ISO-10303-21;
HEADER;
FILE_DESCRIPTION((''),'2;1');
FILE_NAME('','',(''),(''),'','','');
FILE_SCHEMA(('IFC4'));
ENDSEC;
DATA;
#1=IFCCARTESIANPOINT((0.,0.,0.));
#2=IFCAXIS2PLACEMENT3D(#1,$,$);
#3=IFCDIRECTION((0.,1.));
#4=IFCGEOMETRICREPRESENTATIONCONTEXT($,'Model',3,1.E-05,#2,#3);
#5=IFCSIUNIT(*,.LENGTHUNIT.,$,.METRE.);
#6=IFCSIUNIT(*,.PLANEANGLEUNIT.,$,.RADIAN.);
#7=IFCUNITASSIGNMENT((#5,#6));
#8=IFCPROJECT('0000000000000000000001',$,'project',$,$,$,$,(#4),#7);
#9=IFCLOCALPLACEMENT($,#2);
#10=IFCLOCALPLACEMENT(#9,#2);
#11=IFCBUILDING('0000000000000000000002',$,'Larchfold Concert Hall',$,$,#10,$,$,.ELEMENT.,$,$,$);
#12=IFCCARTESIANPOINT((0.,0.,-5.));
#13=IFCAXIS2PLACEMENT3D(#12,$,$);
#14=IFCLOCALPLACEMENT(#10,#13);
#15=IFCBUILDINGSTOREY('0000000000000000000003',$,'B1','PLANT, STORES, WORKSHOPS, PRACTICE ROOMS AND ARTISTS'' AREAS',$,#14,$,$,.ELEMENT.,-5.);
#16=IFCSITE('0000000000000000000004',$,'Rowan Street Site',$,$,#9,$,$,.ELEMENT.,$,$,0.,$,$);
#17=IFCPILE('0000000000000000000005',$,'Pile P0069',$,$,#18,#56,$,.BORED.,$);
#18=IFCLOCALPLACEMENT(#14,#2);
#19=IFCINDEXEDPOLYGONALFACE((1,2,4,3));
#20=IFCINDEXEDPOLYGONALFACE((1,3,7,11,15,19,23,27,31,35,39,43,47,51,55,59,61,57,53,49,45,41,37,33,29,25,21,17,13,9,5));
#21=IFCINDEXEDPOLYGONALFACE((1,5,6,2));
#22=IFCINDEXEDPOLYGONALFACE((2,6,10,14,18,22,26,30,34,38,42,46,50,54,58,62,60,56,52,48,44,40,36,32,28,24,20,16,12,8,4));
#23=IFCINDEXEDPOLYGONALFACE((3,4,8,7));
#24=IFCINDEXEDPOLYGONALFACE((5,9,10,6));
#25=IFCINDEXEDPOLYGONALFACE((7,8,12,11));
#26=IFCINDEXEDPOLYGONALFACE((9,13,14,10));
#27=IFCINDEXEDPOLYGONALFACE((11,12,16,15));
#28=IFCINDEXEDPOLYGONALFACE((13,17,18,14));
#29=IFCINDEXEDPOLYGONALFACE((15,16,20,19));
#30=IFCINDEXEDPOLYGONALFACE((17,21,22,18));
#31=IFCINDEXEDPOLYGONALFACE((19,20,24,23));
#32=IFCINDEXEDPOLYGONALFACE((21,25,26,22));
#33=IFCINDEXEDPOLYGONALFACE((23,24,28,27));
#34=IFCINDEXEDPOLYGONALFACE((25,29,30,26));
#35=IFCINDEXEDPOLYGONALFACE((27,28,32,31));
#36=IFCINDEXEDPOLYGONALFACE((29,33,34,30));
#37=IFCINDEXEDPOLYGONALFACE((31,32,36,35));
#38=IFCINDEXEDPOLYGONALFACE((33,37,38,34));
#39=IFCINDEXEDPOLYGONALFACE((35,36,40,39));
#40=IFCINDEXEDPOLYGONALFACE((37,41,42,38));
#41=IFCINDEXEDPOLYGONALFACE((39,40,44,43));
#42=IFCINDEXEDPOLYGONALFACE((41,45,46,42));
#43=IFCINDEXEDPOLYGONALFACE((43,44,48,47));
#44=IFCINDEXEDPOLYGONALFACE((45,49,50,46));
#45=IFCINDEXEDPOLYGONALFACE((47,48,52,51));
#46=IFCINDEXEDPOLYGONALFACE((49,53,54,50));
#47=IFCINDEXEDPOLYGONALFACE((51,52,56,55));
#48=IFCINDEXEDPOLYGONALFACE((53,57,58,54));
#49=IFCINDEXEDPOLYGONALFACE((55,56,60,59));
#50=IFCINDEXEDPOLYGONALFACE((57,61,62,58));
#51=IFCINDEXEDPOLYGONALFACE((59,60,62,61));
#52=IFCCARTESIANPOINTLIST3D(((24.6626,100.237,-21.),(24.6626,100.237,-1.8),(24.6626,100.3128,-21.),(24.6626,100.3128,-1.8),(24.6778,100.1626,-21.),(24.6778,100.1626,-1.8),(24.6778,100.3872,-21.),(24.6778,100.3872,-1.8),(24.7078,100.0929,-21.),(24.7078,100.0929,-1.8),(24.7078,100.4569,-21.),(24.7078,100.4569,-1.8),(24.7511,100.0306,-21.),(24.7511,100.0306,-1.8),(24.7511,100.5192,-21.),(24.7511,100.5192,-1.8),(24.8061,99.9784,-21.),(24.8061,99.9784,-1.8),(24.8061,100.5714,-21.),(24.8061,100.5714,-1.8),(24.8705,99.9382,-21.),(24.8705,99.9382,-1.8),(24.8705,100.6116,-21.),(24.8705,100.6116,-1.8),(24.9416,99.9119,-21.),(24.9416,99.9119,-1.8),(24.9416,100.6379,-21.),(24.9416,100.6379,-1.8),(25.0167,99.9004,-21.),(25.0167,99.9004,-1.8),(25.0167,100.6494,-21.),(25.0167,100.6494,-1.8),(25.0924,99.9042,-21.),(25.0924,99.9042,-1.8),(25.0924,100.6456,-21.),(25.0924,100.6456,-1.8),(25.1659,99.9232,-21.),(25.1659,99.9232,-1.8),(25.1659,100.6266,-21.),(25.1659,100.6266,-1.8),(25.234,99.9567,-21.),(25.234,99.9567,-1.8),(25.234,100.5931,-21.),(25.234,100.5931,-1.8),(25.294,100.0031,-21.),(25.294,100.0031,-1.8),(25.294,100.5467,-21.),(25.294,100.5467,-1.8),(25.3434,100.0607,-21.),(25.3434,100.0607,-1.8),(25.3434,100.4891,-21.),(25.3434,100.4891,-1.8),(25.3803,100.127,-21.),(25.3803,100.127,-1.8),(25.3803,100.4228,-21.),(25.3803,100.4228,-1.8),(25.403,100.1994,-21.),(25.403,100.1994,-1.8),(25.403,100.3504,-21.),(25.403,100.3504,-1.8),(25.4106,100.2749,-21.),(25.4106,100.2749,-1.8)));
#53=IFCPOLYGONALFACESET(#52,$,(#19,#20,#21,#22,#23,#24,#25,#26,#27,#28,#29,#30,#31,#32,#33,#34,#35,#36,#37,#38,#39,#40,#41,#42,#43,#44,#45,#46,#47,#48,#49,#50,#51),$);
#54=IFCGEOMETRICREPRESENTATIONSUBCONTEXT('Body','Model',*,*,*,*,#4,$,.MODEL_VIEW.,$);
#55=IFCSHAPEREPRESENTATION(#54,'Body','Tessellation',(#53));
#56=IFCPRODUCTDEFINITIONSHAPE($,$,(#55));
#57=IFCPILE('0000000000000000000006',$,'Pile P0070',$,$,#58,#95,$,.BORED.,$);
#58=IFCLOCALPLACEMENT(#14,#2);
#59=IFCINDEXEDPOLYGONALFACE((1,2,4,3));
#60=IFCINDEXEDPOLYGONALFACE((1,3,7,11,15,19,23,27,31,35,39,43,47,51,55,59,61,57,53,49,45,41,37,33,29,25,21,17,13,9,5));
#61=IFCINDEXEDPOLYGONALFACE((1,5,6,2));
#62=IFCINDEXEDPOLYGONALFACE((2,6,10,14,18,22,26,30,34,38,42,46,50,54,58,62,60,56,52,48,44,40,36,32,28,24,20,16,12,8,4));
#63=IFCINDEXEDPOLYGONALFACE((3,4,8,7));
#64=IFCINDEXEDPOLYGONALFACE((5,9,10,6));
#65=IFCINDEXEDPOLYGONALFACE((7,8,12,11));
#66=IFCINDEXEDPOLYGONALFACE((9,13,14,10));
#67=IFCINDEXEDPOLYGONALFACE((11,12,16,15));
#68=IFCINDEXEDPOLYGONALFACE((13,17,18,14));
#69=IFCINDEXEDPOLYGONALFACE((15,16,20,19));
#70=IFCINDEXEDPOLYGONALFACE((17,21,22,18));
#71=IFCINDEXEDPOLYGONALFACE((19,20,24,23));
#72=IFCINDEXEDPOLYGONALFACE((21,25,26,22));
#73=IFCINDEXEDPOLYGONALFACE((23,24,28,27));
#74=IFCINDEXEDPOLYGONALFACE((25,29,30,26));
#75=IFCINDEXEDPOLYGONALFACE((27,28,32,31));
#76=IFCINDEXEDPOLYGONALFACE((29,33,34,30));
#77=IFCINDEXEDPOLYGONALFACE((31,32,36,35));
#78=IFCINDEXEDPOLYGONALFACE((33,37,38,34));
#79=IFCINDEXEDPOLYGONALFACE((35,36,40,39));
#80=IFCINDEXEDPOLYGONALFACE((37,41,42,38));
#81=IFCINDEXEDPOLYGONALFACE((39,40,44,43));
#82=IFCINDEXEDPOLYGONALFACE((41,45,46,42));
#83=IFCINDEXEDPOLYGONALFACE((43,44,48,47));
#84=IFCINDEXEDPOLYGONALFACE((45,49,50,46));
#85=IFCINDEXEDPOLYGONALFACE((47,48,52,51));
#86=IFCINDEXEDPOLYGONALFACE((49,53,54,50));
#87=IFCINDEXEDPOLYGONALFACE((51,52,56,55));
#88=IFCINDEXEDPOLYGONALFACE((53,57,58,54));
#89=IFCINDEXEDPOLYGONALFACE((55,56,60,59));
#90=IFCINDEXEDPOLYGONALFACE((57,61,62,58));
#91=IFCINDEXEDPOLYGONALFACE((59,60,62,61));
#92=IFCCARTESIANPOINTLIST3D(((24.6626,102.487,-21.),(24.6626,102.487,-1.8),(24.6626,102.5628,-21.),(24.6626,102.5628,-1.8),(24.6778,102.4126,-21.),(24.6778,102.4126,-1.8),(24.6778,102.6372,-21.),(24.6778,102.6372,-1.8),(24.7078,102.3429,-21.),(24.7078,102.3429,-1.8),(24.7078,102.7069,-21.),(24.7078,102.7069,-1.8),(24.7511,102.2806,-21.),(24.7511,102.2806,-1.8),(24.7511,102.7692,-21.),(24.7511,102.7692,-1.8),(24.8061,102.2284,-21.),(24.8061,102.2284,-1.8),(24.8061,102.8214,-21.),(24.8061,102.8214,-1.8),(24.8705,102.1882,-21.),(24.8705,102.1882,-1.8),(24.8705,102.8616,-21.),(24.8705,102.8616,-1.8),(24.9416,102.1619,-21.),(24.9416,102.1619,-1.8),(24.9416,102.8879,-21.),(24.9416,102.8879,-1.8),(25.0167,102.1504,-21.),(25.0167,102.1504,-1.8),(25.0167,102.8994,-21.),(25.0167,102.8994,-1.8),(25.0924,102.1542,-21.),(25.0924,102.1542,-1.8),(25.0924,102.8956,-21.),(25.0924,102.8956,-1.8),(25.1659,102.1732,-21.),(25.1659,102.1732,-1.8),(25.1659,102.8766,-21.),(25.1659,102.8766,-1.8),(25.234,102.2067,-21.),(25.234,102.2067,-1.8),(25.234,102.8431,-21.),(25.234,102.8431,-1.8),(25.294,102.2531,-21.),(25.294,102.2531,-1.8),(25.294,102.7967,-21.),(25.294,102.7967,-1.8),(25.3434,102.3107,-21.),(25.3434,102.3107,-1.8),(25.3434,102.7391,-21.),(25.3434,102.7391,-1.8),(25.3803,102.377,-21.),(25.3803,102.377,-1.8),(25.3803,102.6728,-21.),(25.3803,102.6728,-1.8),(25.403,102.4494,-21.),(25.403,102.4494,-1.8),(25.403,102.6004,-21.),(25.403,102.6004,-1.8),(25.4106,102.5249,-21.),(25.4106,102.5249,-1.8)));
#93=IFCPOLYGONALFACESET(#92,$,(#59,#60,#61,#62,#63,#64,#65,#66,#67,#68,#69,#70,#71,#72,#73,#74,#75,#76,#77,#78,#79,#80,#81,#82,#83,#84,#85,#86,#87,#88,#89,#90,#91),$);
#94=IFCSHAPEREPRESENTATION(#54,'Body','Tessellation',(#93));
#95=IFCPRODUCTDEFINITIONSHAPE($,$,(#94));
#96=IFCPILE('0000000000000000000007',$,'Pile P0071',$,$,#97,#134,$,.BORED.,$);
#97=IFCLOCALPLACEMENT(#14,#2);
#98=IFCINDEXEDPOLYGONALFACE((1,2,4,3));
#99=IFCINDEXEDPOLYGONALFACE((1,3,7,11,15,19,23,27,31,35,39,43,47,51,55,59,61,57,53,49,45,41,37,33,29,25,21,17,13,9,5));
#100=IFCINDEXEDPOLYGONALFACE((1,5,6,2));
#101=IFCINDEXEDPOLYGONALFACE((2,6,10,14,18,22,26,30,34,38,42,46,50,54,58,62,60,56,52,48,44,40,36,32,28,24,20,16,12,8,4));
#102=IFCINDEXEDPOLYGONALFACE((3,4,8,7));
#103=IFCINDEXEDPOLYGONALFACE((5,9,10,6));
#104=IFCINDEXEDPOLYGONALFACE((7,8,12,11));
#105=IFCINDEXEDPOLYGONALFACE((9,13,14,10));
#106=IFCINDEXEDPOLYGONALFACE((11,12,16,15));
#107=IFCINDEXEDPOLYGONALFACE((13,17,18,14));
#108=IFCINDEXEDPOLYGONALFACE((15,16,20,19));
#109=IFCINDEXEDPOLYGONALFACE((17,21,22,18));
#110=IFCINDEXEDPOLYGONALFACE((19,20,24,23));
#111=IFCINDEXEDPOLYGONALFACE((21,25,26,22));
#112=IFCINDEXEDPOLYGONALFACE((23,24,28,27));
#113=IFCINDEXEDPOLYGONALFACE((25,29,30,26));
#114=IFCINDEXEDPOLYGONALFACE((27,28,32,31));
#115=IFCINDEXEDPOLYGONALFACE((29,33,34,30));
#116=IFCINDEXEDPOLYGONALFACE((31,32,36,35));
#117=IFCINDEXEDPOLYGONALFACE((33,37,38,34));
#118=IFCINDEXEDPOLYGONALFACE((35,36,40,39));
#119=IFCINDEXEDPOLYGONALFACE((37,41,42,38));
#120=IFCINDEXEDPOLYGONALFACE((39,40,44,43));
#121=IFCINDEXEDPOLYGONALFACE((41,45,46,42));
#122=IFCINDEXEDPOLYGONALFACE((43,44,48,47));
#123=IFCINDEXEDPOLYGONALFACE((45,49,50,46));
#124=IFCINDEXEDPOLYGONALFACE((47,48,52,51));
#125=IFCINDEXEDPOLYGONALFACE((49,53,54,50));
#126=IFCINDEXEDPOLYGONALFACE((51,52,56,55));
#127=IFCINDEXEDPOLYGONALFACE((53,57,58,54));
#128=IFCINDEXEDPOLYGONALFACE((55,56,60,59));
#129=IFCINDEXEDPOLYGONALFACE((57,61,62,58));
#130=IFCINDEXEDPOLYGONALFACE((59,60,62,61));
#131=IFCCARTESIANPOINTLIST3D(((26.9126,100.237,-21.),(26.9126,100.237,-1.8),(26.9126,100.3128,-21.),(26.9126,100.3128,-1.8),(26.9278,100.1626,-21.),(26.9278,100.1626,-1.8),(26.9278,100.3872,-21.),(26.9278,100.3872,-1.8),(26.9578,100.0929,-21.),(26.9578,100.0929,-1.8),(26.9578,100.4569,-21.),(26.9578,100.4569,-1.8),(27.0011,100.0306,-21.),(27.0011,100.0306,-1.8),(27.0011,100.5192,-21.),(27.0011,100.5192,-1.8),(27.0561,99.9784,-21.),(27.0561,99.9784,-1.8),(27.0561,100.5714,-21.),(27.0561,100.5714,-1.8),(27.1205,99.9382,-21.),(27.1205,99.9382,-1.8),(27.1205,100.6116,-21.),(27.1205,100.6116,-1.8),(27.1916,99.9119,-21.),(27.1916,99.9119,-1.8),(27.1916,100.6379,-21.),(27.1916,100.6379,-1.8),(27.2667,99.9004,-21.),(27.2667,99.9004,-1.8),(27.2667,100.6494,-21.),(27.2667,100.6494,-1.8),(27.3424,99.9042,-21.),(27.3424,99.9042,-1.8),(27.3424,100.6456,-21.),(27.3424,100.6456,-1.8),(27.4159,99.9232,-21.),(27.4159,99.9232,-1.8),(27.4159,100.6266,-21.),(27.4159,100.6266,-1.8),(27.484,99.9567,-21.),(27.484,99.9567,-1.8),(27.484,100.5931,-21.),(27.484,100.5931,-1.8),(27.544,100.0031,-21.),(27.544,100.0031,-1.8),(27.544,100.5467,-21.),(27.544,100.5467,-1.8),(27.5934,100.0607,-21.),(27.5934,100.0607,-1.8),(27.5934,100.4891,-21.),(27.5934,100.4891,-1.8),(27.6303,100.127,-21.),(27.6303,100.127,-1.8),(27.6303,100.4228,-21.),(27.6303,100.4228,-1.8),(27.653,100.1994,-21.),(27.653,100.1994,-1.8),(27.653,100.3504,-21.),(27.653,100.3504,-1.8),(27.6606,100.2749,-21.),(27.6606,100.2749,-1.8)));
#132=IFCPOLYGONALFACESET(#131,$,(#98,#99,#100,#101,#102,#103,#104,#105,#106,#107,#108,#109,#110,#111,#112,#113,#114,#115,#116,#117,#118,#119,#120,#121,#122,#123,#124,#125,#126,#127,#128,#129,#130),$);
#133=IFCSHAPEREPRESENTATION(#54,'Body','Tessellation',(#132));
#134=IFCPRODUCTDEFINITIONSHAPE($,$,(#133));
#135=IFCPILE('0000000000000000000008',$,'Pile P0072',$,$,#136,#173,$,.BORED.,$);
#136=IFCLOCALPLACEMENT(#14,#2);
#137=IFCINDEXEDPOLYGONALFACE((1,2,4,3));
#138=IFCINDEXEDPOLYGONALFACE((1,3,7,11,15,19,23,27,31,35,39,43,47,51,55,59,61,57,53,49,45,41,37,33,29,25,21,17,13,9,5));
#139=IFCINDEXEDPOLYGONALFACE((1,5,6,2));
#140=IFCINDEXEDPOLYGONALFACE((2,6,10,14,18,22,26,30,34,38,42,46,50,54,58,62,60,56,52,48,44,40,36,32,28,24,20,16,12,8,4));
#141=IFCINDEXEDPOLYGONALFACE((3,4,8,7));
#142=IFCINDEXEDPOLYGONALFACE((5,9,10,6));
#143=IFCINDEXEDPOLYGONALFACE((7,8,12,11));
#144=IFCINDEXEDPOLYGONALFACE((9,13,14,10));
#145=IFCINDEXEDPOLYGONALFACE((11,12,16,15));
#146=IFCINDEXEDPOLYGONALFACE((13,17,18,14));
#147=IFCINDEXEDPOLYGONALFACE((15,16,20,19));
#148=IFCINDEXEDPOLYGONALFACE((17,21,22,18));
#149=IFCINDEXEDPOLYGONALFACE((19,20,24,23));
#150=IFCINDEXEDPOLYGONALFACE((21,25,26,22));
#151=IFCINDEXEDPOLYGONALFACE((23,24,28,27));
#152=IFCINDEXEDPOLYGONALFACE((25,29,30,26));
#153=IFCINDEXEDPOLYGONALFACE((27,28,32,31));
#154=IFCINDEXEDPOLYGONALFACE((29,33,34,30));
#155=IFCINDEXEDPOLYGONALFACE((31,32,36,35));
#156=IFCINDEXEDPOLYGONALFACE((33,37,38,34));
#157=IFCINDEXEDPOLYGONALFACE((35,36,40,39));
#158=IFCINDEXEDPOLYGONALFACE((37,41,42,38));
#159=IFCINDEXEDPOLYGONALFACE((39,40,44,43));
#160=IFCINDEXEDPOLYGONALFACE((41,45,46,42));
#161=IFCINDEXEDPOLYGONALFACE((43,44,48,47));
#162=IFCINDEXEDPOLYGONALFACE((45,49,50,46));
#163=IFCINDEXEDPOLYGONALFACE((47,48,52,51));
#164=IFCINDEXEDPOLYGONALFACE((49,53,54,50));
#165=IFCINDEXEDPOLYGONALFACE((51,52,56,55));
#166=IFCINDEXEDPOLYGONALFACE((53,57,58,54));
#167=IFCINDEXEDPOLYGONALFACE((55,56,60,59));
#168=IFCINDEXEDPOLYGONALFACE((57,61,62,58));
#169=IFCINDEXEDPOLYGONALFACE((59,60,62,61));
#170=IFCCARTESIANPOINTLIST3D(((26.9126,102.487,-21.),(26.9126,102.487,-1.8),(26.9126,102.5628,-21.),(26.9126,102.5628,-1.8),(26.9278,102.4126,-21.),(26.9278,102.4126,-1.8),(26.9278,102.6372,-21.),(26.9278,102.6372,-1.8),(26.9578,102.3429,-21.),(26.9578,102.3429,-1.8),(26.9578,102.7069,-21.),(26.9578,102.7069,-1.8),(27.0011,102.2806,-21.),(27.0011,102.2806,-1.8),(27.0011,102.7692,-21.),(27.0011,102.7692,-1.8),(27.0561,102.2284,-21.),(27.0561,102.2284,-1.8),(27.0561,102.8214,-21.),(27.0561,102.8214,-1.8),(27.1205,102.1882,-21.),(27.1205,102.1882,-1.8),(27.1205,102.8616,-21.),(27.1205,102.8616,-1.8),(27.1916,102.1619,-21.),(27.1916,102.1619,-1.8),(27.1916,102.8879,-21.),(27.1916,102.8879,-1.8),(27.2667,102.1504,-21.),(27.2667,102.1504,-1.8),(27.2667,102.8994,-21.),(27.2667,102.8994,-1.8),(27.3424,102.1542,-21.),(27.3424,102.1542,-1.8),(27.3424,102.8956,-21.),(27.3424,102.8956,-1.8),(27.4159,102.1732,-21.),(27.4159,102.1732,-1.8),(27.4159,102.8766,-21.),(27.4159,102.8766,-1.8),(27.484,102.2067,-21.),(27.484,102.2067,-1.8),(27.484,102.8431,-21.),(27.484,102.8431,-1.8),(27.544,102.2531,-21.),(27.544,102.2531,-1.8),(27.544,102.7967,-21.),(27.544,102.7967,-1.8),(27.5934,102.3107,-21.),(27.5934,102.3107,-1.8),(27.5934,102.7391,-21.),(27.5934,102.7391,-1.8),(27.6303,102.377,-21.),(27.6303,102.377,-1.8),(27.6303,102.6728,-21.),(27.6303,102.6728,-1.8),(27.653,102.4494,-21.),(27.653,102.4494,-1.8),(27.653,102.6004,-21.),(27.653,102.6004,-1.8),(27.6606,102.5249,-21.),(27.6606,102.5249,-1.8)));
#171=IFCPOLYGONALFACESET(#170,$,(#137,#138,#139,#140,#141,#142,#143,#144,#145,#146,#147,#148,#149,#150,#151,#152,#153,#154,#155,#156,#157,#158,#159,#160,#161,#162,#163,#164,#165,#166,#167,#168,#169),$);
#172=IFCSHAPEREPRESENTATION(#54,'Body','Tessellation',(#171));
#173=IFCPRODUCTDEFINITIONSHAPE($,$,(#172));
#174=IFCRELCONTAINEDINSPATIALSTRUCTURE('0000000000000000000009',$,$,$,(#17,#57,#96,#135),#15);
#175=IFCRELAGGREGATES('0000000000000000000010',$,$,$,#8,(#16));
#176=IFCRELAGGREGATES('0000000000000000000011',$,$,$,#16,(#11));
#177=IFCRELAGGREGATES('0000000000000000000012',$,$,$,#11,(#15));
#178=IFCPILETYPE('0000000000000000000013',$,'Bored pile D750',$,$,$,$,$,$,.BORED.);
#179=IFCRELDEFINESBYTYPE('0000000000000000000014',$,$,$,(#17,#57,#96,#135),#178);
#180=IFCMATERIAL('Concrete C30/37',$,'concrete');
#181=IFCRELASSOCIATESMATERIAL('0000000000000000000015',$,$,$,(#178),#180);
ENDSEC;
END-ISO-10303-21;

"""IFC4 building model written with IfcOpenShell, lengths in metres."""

from ifc_helpers import new_model, si_unit, direction, frame, origin, origin_2d, place, context, subcontext, project, spatial, circle, extrude, material, material_profile, profile_set, type_object, element, save


model = new_model("IFC4")

# Units and contexts
model_context = context("Model", 3, precision=1e-05, world=origin(), true_north=direction((0.0, 1.0)))
body_context = subcontext(model_context, "Body", "Model", "MODEL_VIEW")
ifc_project = project(units=[si_unit("LENGTHUNIT", "METRE"), si_unit("PLANEANGLEUNIT", "RADIAN")], contexts=[model_context])

# Site, building, storey
site_placement = place(None, origin())
site = spatial("IfcSite", under=ifc_project, at=site_placement, Name="Rowan Street Site", CompositionType="ELEMENT", RefElevation=0.0)
building_placement = place(site_placement, origin())
building = spatial("IfcBuilding", under=site, at=building_placement, Name="Larchfold Concert Hall", CompositionType="ELEMENT")
storey_placement = place(building_placement, frame((0.0, 0.0, -5.0)))
storey = spatial("IfcBuildingStorey", under=building, at=storey_placement, Name="B1", Description="PLANT, STORES, WORKSHOPS, PRACTICE ROOMS AND ARTISTS' AREAS", CompositionType="ELEMENT", Elevation=-5.0)

# Piles
ifc_material_1 = material(Name="Concrete C30/37", Category="concrete")
ifc_material_profile_1 = material_profile(ifc_material_1, circle(Radius=0.375, at=origin_2d()))
ifc_profile_set_1 = profile_set([ifc_material_profile_1], Name="Concrete C30/37")
pile_type_1 = type_object("IfcPileType", Name="Bored pile D750", PredefinedType="BORED", material=ifc_profile_set_1)
for number, where, z_axis, x_axis, name in (
    (1, (25.0356, 100.2749, -1.8), (0.0, 0.0, -1.0), (1.0, 0.0, 0.0), "Pile P0069"),
    (2, (25.0356, 102.5249, -1.8), (0.0, 0.0, -1.0), (1.0, 0.0, 0.0), "Pile P0070"),
    (3, (27.2856, 100.2749, -1.8), (0.0, 0.0, -1.0), (1.0, 0.0, 0.0), "Pile P0071"),
    (4, (27.2856, 102.5249, -1.8), (0.0, 0.0, -1.0), (1.0, 0.0, 0.0), "Pile P0072"),
):
    element("IfcPile", number, at=place(storey_placement, frame(where, z_axis=z_axis, x_axis=x_axis)), inside=storey, type_object=pile_type_1, Name=name, PredefinedType="BORED", context=body_context, shape_type="SweptSolid", body=[
        extrude(circle(Radius=0.375, at=origin_2d()), origin(), (0.0, 0.0, 1.0), 19.2),
    ])

save(model, "model.ifc")
